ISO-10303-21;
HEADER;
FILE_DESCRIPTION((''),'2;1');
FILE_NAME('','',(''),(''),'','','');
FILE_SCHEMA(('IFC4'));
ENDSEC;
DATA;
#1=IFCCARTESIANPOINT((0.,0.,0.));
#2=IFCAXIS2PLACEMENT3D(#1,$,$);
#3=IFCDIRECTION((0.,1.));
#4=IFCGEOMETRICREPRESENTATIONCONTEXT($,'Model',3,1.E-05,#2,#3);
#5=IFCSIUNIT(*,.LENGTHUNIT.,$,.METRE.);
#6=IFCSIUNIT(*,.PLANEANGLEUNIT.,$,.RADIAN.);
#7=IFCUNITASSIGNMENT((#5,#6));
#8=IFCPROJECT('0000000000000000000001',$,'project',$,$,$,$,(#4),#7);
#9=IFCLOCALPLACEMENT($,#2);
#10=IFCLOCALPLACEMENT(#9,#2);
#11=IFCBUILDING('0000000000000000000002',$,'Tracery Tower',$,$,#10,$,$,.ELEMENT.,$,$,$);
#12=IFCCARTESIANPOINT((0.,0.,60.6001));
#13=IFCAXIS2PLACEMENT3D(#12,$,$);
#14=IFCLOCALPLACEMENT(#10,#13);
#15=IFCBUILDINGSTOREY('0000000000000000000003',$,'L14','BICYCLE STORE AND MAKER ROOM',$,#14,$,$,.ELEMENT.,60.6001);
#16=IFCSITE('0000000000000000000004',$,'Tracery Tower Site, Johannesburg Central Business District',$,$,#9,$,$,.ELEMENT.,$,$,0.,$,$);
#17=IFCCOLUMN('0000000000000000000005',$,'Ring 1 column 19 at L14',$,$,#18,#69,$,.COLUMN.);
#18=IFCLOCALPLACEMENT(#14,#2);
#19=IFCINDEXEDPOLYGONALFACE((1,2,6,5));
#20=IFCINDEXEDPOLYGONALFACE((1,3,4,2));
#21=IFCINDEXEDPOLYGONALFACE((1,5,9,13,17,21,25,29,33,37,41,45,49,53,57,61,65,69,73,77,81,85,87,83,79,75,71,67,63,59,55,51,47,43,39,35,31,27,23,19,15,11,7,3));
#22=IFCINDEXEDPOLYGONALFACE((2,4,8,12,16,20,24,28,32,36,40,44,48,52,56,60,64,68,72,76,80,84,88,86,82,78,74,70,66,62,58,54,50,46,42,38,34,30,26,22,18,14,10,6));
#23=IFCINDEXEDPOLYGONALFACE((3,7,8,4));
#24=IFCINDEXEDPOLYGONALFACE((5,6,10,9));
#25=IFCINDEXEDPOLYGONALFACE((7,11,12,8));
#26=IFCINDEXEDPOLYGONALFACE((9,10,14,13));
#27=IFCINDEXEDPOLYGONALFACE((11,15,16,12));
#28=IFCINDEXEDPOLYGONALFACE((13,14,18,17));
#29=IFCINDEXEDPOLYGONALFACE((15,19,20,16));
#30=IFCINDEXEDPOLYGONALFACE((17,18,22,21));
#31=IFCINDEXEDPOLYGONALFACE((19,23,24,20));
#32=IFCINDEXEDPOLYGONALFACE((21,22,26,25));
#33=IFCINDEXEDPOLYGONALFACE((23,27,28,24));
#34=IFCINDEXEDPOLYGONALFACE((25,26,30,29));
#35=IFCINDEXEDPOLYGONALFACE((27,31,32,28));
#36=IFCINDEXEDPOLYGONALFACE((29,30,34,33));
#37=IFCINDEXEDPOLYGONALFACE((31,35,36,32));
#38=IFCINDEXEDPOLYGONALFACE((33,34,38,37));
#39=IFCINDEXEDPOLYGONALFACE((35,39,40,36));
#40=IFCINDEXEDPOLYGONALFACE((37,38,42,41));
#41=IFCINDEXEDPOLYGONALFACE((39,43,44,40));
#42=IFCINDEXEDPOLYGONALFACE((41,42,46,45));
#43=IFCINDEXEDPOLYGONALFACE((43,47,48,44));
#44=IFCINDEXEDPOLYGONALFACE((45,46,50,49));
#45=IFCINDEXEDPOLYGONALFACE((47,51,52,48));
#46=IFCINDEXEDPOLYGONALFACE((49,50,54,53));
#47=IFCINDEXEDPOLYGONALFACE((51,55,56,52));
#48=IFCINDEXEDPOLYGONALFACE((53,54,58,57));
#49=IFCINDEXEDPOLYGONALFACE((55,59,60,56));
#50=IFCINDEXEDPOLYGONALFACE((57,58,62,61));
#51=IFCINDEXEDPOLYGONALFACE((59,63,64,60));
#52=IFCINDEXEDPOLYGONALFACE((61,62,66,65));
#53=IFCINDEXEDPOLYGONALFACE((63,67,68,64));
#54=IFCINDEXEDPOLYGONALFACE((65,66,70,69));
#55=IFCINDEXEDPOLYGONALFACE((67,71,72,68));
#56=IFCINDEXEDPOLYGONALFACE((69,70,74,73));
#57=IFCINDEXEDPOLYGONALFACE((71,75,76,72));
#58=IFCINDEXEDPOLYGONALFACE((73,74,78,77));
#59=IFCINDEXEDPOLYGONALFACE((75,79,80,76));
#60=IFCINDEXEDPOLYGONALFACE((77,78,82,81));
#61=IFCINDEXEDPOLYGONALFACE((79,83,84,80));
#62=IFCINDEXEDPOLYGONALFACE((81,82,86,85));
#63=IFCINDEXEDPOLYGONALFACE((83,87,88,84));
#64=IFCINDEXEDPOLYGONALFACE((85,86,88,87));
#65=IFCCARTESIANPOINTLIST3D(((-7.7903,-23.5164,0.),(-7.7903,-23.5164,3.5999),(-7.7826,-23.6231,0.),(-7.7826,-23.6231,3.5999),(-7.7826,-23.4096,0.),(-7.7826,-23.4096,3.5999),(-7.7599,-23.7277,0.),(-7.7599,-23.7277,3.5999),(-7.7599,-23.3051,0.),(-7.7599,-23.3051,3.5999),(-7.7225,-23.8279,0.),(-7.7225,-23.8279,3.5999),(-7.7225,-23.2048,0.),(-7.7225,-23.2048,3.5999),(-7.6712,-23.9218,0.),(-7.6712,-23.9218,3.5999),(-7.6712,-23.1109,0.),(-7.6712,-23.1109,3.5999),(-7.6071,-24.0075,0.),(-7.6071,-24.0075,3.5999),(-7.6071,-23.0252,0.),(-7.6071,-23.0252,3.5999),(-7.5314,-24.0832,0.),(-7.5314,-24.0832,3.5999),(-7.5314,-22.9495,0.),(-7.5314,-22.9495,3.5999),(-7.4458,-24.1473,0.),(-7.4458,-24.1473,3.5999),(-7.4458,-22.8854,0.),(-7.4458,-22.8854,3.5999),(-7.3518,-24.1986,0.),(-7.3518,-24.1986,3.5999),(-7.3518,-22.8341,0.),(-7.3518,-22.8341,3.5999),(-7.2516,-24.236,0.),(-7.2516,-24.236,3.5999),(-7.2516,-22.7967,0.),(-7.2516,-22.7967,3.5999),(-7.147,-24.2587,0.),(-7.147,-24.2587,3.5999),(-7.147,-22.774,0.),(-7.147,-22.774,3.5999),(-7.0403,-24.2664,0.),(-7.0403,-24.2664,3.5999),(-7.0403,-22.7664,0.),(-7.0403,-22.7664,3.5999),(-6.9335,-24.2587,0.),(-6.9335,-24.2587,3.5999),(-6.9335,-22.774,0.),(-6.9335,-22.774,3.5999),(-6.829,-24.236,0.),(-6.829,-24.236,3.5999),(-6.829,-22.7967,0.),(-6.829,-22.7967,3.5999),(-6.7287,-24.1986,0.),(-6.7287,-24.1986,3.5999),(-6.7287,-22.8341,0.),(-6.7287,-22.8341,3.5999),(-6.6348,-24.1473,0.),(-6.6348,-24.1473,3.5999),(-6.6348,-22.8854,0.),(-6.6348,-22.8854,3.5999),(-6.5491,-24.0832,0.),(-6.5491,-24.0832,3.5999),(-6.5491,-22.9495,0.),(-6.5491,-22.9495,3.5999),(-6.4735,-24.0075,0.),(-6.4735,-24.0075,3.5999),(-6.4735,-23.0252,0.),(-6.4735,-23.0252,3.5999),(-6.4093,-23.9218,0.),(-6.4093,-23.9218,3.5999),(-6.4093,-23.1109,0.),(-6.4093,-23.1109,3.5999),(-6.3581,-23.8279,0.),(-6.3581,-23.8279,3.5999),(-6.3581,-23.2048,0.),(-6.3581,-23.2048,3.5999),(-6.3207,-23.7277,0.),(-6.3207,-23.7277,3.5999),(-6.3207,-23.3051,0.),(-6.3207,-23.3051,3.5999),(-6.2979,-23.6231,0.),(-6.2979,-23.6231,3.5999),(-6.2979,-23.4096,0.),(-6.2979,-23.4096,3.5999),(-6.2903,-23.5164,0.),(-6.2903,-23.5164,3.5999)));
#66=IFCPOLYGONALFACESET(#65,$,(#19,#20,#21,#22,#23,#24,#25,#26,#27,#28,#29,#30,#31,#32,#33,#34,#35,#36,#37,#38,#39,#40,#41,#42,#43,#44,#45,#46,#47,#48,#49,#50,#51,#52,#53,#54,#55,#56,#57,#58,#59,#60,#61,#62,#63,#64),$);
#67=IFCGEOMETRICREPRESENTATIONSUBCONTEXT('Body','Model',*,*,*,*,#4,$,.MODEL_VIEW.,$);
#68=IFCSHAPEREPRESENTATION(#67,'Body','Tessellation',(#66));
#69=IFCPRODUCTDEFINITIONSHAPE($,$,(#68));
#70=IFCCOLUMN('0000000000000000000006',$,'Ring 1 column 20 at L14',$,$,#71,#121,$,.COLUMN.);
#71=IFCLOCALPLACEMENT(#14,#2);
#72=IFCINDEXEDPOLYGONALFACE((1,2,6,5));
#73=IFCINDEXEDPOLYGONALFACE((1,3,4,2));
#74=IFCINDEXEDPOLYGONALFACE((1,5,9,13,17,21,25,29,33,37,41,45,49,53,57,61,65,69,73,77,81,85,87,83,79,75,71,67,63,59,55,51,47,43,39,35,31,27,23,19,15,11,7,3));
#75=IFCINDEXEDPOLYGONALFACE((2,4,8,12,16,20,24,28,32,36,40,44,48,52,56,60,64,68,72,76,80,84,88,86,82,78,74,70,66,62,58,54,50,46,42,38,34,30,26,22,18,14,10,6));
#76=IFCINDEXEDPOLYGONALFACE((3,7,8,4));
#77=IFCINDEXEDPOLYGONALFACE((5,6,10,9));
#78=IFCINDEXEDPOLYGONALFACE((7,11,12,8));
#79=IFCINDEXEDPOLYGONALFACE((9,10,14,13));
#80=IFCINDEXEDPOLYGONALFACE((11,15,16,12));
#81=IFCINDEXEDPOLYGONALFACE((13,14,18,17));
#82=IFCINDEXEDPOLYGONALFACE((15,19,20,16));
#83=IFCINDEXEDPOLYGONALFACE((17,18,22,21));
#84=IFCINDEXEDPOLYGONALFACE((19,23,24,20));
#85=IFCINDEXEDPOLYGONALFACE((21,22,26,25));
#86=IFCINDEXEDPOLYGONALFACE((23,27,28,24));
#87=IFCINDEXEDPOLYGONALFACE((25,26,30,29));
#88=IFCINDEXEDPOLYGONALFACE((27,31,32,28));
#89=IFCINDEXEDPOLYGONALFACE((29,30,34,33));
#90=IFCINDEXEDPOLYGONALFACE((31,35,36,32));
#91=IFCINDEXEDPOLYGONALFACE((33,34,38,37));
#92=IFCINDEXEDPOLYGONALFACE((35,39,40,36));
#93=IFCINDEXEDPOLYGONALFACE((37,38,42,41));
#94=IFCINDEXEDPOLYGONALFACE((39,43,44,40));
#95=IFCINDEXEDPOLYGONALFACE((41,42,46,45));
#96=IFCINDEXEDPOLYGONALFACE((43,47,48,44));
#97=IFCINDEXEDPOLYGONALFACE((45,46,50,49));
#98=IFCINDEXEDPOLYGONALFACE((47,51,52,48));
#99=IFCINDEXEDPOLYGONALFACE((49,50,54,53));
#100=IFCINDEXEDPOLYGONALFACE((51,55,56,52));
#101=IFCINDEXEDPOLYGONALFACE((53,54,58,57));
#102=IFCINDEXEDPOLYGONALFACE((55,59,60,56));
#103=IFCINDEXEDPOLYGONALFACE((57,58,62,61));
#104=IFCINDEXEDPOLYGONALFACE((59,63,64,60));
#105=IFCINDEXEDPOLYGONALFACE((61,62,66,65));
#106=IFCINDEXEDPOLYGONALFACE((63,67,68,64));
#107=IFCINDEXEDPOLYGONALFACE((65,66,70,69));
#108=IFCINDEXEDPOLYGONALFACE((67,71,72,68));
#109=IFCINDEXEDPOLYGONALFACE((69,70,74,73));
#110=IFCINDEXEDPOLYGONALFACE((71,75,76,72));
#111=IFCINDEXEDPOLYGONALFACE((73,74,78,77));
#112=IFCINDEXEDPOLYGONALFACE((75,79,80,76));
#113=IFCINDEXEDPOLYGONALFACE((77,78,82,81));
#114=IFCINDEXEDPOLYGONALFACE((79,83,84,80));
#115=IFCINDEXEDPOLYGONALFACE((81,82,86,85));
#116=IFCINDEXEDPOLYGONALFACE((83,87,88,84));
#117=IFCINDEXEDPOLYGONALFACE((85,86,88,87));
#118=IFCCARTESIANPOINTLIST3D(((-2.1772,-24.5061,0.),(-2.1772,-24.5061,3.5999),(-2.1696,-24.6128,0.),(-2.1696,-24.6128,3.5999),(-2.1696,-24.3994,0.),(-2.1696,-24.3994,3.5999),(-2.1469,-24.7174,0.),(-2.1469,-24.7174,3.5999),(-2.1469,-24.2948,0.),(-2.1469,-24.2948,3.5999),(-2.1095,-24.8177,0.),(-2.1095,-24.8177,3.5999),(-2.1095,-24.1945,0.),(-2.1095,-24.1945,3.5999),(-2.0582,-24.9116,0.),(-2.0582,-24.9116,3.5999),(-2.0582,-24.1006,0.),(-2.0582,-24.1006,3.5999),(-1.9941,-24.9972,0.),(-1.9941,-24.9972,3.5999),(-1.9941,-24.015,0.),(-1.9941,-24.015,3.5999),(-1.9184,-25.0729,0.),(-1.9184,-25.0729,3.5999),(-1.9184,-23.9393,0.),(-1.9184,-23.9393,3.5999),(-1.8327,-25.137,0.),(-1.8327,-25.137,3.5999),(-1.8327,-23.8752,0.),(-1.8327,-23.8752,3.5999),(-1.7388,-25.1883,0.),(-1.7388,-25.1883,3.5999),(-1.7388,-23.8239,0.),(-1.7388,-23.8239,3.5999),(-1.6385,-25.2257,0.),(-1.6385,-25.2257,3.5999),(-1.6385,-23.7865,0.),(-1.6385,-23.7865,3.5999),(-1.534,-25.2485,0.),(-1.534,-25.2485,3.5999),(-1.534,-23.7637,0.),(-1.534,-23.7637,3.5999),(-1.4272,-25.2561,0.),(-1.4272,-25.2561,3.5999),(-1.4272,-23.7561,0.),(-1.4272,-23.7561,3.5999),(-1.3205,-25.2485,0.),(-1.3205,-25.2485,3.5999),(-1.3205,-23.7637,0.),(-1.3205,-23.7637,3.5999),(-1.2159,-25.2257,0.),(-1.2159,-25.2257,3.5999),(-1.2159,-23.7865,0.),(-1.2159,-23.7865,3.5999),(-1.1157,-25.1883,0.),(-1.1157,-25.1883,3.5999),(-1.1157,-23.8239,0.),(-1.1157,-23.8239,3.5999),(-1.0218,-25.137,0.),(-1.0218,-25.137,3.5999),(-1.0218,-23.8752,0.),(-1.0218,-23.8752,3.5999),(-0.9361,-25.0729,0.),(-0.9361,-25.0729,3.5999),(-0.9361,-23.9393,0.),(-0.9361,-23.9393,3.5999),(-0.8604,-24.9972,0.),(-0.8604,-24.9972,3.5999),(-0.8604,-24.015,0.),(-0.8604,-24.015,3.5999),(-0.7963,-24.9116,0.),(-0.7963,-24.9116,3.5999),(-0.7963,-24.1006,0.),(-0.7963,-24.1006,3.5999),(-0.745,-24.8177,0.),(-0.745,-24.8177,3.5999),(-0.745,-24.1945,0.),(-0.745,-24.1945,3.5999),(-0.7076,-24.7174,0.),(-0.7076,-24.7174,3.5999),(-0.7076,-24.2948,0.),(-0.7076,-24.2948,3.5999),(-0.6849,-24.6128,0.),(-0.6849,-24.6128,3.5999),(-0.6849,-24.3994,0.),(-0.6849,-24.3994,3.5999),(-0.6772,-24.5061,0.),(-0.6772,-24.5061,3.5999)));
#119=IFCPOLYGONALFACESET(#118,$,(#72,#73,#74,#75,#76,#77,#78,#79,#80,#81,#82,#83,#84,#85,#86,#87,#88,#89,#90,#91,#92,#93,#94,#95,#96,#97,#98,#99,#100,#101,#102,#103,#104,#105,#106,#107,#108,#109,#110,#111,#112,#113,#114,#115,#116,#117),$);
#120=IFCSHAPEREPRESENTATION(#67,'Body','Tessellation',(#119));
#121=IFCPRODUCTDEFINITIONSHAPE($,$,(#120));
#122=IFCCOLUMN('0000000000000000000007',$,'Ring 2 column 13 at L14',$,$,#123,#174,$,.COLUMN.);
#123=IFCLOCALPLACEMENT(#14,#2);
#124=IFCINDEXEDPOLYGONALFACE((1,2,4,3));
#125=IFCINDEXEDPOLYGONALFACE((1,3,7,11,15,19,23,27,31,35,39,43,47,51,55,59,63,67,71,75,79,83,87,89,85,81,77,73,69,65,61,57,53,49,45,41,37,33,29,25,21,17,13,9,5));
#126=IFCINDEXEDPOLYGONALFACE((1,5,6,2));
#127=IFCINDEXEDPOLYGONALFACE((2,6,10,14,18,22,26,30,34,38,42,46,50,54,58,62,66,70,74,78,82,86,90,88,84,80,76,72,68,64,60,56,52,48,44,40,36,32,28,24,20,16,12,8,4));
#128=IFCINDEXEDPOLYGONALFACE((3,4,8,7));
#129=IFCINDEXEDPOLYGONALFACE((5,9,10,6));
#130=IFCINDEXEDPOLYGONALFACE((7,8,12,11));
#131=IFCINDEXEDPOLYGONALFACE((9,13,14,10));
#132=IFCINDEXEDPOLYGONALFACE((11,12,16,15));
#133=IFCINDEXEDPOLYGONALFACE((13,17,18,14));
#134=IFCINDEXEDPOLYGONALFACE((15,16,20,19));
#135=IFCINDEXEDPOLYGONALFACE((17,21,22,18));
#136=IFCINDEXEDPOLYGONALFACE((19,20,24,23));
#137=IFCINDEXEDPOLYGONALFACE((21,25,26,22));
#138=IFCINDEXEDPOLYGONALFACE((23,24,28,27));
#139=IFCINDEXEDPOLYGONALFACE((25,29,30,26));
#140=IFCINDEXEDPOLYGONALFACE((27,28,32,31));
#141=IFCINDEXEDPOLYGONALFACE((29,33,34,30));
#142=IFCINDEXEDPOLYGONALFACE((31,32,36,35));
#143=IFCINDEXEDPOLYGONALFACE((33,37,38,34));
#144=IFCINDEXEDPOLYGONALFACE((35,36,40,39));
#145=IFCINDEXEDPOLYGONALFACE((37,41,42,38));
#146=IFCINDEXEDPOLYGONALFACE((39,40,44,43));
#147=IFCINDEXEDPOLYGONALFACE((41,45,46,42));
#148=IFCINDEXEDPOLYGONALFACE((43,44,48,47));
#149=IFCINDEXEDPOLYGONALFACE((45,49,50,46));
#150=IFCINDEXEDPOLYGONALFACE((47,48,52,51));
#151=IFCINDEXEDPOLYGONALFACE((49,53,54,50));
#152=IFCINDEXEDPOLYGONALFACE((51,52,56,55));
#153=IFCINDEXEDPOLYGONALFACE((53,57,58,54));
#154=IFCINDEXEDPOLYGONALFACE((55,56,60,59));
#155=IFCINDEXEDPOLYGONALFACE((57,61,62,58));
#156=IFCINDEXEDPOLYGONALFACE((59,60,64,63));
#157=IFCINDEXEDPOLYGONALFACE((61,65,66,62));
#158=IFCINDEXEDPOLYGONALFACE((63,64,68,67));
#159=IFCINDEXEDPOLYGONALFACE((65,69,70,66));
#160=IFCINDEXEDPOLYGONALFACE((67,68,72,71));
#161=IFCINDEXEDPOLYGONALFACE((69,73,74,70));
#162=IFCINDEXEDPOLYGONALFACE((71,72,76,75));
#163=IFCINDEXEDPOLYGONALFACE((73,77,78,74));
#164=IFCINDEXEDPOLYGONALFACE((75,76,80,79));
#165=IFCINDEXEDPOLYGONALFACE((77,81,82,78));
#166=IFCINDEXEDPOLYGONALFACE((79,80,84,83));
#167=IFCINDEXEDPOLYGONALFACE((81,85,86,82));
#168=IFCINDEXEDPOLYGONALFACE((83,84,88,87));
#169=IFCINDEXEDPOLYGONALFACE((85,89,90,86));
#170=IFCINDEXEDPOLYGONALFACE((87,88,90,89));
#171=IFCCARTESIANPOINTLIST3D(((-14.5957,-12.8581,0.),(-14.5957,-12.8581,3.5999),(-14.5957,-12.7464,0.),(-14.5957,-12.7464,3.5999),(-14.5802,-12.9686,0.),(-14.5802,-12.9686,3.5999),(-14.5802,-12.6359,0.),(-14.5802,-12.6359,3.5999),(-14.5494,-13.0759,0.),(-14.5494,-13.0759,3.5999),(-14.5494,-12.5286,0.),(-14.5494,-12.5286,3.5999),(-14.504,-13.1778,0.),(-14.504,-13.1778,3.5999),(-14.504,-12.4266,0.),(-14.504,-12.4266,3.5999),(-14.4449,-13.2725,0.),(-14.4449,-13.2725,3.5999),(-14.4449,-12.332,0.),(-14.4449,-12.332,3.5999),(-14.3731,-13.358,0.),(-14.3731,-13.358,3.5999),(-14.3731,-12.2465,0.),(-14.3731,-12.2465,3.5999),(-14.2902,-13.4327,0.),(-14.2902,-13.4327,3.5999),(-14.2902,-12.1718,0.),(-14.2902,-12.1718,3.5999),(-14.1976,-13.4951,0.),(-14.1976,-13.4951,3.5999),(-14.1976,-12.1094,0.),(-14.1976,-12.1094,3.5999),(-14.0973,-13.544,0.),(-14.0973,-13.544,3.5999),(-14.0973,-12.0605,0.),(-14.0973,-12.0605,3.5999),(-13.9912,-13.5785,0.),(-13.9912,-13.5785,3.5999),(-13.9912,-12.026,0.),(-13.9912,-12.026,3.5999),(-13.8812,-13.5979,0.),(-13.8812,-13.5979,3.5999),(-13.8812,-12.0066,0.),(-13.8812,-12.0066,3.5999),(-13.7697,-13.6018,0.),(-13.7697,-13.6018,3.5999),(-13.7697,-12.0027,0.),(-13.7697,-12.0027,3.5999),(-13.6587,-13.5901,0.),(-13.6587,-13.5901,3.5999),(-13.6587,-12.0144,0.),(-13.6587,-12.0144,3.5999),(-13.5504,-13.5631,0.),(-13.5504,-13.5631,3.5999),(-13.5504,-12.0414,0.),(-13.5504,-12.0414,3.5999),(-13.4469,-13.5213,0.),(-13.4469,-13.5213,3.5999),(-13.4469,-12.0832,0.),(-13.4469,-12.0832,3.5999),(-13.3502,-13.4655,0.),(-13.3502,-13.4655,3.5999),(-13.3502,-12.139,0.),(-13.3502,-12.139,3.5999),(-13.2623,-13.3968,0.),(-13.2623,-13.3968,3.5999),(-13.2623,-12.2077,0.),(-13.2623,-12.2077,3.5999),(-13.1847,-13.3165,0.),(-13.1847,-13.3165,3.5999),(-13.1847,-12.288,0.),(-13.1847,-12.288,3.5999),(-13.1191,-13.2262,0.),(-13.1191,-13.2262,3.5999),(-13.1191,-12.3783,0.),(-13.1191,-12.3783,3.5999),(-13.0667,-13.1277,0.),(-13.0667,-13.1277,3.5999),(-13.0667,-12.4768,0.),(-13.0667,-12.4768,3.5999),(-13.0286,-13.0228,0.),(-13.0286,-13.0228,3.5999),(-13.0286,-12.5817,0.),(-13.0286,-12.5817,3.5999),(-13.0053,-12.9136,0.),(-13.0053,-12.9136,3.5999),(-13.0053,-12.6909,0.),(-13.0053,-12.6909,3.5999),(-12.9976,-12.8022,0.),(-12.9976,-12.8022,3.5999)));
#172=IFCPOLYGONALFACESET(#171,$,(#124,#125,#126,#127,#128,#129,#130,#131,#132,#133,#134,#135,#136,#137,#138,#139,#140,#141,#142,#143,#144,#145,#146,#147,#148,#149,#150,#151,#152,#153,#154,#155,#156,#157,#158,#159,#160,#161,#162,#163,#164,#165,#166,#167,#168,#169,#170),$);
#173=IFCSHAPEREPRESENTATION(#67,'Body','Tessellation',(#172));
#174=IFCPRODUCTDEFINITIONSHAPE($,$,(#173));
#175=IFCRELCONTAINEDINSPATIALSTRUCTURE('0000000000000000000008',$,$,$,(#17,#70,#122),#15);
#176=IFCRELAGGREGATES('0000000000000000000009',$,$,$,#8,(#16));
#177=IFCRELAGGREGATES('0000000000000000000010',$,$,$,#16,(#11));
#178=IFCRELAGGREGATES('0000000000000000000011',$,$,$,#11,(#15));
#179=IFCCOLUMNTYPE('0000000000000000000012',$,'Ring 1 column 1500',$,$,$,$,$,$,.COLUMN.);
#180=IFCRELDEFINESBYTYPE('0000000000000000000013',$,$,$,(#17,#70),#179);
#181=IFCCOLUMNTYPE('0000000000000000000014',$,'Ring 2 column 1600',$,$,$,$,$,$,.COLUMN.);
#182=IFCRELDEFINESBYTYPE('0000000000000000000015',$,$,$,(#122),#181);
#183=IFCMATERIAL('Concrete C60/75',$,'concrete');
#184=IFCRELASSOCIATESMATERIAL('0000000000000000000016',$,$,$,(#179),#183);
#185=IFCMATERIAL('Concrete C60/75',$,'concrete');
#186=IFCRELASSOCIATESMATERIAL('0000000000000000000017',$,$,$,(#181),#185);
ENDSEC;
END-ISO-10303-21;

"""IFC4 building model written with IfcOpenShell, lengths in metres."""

from ifc_helpers import new_model, si_unit, direction, frame, origin, origin_2d, place, context, subcontext, project, spatial, circle, extrude, material, material_profile, profile_set, type_object, element, save


model = new_model("IFC4")

# Units and contexts
model_context = context("Model", 3, precision=1e-05, world=origin(), true_north=direction((0.0, 1.0)))
body_context = subcontext(model_context, "Body", "Model", "MODEL_VIEW")
ifc_project = project(units=[si_unit("LENGTHUNIT", "METRE"), si_unit("PLANEANGLEUNIT", "RADIAN")], contexts=[model_context])

# Site, building, storey
site_placement = place(None, origin())
site = spatial("IfcSite", under=ifc_project, at=site_placement, Name="Tracery Tower Site, Johannesburg Central Business District", CompositionType="ELEMENT", RefElevation=0.0)
building_placement = place(site_placement, origin())
building = spatial("IfcBuilding", under=site, at=building_placement, Name="Tracery Tower", CompositionType="ELEMENT")
storey_placement = place(building_placement, frame((0.0, 0.0, 60.6001)))
storey = spatial("IfcBuildingStorey", under=building, at=storey_placement, Name="L14", Description="BICYCLE STORE AND MAKER ROOM", CompositionType="ELEMENT", Elevation=60.6001)

# Columns
ifc_material_1 = material(Name="Concrete C60/75", Category="concrete")
ifc_material_profile_1 = material_profile(ifc_material_1, circle(Radius=0.75, at=origin_2d()), Name="RC D1500")
ifc_profile_set_1 = profile_set([ifc_material_profile_1], Name="Concrete C60/75")
column_type_1 = type_object("IfcColumnType", Name="Ring 1 column 1500", PredefinedType="COLUMN", material=ifc_profile_set_1)
for number, where, z_axis, x_axis, name in (
    (1, (-7.0403, -23.5164, 0.0), (0.0, 0.0, 1.0), (1.0, 0.0, 0.0), "Ring 1 column 19 at L14"),
    (2, (-1.4272, -24.5061, 0.0), (0.0, 0.0, 1.0), (1.0, 0.0, 0.0), "Ring 1 column 20 at L14"),
):
    element("IfcColumn", number, at=place(storey_placement, frame(where, z_axis=z_axis, x_axis=x_axis)), inside=storey, type_object=column_type_1, Name=name, PredefinedType="COLUMN", context=body_context, shape_type="SweptSolid", body=[
        extrude(circle(Radius=0.75, at=origin_2d()), origin(), (0.0, 0.0, 1.0), 3.5999),
    ])
ifc_material_2 = material(Name="Concrete C60/75", Category="concrete")
ifc_material_profile_2 = material_profile(ifc_material_2, circle(Radius=0.8, at=origin_2d()), Name="RC D1600")
ifc_profile_set_2 = profile_set([ifc_material_profile_2], Name="Concrete C60/75")
column_type_2 = type_object("IfcColumnType", Name="Ring 2 column 1600", PredefinedType="COLUMN", material=ifc_profile_set_2)
for number, where, z_axis, x_axis, name in (
    (3, (-13.7976, -12.8022, 0.0), (0.0, 0.0, 1.0), (1.0, 0.0, 0.0), "Ring 2 column 13 at L14"),
):
    element("IfcColumn", number, at=place(storey_placement, frame(where, z_axis=z_axis, x_axis=x_axis)), inside=storey, type_object=column_type_2, Name=name, PredefinedType="COLUMN", context=body_context, shape_type="SweptSolid", body=[
        extrude(circle(Radius=0.8, at=origin_2d()), origin(), (0.0, 0.0, 1.0), 3.5999),
    ])

save(model, "model.ifc")
